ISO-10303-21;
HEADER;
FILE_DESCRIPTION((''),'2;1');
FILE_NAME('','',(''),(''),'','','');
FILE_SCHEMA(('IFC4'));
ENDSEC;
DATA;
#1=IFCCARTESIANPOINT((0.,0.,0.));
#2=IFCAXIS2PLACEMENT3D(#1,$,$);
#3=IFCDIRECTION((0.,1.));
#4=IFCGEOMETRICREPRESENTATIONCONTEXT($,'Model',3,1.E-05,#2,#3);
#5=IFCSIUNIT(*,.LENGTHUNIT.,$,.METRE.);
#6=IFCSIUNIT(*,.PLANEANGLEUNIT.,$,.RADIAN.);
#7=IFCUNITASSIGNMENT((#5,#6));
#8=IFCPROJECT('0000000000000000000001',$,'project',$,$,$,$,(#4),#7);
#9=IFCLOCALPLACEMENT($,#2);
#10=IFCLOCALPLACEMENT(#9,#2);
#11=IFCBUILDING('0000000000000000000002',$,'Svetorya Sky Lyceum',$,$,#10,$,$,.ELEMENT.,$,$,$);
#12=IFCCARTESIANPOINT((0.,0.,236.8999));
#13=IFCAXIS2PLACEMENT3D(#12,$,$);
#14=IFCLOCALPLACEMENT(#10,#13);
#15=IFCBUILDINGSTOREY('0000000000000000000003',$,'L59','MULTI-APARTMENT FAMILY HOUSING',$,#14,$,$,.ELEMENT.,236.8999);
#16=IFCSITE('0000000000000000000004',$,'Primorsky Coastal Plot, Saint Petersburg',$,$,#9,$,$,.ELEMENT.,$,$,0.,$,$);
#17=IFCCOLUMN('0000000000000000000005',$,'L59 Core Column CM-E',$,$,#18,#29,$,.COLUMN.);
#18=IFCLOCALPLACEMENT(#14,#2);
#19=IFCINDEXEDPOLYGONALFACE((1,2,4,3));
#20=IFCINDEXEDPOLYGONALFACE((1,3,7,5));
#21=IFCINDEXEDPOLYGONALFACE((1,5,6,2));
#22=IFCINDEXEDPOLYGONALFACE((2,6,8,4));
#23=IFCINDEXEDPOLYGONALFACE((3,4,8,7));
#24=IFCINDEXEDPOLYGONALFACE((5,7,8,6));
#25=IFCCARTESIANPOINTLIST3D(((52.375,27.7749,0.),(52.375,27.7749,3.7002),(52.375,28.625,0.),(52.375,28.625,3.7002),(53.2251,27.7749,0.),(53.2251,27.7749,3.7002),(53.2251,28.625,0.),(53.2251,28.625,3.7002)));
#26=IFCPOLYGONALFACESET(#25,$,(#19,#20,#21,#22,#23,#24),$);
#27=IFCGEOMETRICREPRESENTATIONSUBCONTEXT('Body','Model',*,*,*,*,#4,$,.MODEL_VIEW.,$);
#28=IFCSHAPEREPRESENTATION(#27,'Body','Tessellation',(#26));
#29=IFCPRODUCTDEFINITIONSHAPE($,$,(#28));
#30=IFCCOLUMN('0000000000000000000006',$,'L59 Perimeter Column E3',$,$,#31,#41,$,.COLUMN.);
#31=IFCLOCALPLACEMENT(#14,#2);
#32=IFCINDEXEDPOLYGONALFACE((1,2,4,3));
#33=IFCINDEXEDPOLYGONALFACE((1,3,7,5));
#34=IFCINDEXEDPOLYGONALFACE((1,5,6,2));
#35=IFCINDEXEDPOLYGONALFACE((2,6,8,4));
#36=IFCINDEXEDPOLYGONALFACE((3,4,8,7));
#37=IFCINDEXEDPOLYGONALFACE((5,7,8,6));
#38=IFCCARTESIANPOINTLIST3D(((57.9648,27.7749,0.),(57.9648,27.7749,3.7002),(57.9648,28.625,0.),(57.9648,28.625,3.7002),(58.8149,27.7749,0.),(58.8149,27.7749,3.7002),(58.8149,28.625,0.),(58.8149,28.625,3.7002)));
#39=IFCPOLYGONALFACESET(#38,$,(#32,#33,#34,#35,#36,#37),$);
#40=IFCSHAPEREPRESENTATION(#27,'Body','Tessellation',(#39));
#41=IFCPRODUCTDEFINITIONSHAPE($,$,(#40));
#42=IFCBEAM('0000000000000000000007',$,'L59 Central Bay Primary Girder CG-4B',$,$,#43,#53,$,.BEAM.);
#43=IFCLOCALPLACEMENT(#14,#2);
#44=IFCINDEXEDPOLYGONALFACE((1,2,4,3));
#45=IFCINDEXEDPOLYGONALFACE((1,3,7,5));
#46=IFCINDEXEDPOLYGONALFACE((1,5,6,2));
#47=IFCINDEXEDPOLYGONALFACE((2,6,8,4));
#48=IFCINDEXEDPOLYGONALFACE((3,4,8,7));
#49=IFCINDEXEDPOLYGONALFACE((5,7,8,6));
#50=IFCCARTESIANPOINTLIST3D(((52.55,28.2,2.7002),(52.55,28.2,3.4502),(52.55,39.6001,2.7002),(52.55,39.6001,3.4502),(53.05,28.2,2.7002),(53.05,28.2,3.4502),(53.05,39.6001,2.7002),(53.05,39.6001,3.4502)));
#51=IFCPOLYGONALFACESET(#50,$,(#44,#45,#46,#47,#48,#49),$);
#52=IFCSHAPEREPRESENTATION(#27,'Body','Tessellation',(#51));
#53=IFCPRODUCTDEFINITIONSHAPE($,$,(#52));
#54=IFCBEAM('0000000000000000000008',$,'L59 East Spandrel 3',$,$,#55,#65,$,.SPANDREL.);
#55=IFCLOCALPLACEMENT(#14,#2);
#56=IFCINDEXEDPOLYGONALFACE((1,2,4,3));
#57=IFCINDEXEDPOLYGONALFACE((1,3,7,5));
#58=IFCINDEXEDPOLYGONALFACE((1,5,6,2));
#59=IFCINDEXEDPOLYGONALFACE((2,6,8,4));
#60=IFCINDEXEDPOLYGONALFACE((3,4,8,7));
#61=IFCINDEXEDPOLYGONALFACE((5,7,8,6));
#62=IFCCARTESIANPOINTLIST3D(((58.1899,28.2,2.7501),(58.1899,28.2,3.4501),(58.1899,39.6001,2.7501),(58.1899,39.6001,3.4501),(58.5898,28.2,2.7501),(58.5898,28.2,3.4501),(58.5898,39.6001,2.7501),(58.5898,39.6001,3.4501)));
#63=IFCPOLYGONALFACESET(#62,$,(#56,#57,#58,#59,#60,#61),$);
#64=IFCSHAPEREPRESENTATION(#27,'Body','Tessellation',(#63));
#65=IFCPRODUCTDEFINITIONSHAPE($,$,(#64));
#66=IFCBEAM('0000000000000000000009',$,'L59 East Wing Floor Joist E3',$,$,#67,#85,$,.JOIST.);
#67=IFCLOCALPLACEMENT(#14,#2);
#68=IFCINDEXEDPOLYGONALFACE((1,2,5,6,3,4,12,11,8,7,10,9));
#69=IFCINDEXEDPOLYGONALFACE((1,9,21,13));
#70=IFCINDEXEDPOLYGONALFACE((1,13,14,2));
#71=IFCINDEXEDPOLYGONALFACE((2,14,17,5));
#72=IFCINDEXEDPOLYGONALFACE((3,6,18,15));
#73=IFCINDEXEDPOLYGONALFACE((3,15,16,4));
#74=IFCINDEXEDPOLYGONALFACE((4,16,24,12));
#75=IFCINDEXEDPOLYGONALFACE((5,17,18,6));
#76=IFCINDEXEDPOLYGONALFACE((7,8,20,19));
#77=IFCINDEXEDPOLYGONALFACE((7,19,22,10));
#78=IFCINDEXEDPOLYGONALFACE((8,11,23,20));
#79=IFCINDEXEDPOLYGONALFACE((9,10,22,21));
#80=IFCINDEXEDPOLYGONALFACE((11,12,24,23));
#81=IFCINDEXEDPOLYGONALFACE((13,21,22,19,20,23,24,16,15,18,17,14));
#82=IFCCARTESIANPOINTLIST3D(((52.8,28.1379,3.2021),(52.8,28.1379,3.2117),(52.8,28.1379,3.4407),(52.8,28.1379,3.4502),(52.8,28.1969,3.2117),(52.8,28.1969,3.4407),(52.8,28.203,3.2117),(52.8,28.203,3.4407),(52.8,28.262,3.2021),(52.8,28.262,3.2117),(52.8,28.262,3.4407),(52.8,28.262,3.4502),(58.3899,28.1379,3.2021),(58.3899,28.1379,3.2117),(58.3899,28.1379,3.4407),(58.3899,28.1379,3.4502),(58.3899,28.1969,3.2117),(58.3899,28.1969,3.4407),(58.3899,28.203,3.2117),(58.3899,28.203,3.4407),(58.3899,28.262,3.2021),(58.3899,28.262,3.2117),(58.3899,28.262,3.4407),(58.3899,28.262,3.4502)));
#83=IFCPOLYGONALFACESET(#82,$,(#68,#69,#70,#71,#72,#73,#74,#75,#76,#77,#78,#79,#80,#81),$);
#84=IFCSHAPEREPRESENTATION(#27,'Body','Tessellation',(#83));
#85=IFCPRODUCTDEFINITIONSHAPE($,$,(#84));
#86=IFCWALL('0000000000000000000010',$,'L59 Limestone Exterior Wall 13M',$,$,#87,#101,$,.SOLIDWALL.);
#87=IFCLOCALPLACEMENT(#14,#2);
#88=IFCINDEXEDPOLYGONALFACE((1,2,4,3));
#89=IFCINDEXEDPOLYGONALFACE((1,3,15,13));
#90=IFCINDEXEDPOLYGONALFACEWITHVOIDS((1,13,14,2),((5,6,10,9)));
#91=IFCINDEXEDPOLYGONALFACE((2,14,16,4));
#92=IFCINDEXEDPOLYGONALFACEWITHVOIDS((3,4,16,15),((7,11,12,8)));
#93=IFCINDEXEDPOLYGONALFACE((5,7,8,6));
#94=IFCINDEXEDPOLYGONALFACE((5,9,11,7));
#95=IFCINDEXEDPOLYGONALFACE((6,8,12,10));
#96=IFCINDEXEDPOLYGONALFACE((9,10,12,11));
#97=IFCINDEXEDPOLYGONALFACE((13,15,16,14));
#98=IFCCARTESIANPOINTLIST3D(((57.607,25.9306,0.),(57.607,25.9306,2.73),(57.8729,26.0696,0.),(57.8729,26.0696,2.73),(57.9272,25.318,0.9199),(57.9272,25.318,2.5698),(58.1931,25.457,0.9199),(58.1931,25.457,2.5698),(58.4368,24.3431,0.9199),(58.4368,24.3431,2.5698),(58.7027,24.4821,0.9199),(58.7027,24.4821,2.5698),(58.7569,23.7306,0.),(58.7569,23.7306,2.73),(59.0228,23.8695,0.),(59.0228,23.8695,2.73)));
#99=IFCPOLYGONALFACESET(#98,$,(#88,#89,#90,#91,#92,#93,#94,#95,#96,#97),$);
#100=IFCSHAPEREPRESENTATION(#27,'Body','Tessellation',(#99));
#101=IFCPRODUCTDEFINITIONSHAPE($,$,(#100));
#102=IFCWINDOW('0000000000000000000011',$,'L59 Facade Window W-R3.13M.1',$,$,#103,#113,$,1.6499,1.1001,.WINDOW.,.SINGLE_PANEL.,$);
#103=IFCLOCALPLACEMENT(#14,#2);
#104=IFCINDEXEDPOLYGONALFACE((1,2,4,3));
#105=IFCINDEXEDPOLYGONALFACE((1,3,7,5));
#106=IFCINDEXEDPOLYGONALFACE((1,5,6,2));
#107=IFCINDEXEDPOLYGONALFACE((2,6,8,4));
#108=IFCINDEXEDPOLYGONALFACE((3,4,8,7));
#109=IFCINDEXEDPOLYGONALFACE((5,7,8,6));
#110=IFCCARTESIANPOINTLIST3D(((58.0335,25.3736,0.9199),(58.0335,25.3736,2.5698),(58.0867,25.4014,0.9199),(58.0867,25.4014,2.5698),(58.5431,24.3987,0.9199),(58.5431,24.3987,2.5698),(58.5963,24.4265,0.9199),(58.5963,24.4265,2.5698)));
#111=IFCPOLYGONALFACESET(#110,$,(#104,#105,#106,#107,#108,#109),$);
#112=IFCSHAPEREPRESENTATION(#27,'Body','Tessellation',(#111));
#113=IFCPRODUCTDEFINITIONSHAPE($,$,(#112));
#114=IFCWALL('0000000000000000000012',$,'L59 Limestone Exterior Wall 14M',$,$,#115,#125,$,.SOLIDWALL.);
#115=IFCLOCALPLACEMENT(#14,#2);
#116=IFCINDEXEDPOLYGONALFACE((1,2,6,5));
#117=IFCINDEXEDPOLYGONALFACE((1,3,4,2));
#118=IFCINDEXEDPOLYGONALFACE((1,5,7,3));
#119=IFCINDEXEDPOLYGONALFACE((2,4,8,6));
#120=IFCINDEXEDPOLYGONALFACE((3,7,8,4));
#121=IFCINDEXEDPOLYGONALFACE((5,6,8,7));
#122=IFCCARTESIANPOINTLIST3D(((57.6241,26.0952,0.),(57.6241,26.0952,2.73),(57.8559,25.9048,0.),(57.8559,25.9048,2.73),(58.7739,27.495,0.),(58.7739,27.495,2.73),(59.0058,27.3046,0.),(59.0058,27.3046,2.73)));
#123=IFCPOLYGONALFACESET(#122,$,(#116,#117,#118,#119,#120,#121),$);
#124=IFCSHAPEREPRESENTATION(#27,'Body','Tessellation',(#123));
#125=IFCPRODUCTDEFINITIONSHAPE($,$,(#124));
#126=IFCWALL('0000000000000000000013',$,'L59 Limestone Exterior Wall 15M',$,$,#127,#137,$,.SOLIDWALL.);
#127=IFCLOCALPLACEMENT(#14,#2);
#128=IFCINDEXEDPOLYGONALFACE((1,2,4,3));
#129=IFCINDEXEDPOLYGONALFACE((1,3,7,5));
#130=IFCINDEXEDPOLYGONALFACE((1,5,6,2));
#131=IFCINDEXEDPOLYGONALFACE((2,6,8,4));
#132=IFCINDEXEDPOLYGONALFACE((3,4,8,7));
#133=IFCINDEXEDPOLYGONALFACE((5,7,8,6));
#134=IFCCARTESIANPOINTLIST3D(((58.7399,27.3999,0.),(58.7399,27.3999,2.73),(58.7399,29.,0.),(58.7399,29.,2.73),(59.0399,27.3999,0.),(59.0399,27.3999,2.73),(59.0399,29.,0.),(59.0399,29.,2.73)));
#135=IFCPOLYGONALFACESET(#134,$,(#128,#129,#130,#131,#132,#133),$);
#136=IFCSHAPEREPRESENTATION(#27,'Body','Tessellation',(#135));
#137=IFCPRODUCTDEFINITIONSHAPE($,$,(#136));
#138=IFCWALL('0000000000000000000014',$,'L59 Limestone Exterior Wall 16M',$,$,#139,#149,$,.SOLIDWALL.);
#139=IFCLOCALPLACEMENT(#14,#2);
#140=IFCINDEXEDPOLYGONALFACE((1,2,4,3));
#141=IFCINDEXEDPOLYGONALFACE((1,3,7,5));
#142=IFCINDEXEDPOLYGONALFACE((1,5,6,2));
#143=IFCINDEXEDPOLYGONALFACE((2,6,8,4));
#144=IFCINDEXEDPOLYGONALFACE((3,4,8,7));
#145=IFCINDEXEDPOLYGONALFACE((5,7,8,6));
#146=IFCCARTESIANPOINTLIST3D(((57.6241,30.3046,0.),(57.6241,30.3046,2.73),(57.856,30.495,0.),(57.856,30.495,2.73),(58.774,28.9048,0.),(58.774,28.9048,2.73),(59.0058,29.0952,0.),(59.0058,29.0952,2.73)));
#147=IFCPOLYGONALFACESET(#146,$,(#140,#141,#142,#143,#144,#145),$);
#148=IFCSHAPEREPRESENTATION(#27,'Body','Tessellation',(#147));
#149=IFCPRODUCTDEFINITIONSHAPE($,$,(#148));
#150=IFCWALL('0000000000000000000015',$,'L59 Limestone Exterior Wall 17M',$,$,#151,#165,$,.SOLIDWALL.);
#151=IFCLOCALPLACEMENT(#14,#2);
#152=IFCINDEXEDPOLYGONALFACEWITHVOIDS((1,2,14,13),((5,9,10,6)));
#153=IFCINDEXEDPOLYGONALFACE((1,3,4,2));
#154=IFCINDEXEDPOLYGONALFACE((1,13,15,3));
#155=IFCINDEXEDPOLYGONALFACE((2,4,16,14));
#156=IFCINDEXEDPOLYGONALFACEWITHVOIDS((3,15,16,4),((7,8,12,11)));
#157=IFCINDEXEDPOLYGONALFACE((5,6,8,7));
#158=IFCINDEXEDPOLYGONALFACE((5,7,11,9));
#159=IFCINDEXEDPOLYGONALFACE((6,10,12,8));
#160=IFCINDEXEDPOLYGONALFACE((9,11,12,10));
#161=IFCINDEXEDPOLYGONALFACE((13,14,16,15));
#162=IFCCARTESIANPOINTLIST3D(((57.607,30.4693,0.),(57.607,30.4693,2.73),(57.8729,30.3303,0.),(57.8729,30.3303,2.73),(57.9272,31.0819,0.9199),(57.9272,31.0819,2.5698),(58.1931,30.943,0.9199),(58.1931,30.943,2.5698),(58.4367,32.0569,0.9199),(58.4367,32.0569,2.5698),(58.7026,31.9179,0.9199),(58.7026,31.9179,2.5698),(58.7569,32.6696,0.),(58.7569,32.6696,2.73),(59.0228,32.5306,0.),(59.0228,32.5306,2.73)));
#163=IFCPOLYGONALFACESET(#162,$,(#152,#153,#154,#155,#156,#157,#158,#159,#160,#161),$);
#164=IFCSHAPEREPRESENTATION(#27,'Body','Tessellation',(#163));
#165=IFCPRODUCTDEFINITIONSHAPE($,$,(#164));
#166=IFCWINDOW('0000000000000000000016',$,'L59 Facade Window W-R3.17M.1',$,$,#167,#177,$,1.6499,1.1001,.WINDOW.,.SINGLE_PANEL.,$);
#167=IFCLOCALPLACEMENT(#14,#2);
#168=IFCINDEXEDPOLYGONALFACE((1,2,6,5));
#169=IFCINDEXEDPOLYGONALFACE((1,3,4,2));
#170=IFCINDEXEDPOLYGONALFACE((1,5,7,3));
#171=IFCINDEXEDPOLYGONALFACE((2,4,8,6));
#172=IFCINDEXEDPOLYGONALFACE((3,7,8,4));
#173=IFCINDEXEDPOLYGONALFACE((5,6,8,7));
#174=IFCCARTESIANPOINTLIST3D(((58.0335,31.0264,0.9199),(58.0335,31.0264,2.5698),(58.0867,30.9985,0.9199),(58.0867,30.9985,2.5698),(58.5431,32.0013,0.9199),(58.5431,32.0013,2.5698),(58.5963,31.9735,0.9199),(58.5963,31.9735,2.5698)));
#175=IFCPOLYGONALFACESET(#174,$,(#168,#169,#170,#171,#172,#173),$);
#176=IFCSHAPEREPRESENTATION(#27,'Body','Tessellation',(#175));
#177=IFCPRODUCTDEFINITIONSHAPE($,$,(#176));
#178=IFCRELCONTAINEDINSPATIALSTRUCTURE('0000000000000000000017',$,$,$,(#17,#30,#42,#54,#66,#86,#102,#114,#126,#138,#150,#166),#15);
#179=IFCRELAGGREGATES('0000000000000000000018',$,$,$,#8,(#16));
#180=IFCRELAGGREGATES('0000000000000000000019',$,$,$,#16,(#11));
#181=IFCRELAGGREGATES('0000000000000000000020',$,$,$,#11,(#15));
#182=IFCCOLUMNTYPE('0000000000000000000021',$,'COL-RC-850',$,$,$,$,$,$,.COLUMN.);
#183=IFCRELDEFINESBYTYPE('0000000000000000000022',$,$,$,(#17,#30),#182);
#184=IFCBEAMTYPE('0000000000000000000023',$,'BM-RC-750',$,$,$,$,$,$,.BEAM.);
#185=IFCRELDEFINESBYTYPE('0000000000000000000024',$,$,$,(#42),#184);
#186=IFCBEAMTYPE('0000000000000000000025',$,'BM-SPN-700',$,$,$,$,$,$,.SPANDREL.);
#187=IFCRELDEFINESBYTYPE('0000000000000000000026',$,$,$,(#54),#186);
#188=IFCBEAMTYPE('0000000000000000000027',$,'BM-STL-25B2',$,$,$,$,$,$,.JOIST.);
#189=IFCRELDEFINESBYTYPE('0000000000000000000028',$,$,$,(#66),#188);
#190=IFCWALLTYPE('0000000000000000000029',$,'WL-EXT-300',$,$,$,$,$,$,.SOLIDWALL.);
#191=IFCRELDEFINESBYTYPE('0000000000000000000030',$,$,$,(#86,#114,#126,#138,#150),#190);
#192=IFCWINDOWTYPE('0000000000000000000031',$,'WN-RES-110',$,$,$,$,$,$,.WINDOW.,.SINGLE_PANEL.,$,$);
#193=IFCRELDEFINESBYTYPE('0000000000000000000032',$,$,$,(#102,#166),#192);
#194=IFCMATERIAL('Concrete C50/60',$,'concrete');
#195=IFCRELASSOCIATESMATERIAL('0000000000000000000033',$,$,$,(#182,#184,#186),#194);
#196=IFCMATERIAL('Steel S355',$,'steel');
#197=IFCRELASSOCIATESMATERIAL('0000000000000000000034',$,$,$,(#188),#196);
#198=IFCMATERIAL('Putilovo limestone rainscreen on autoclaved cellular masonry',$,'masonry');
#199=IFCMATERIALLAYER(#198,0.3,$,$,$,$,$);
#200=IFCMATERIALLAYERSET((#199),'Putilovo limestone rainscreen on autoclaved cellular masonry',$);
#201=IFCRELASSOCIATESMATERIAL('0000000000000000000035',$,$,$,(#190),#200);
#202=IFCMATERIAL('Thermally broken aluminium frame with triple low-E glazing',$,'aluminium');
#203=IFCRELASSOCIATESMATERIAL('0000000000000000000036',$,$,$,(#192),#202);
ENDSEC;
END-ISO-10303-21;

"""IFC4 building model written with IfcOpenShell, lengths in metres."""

from ifc_helpers import new_model, si_unit, direction, frame, frame_2d, origin, origin_2d, place, context, subcontext, project, spatial, rectangle, i_section, extrude, material, layer, layer_set, material_profile, profile_set, type_object, element, fill, save


model = new_model("IFC4")

# Units and contexts
model_context = context("Model", 3, precision=1e-05, world=origin(), true_north=direction((0.0, 1.0)))
body_context = subcontext(model_context, "Body", "Model", "MODEL_VIEW")
ifc_project = project(units=[si_unit("LENGTHUNIT", "METRE"), si_unit("PLANEANGLEUNIT", "RADIAN")], contexts=[model_context])

# Site, building, storey
site_placement = place(None, origin())
site = spatial("IfcSite", under=ifc_project, at=site_placement, Name="Primorsky Coastal Plot, Saint Petersburg", CompositionType="ELEMENT", RefElevation=0.0)
building_placement = place(site_placement, origin())
building = spatial("IfcBuilding", under=site, at=building_placement, Name="Svetorya Sky Lyceum", CompositionType="ELEMENT")
storey_placement = place(building_placement, frame((0.0, 0.0, 236.8999)))
storey = spatial("IfcBuildingStorey", under=building, at=storey_placement, Name="L59", Description="MULTI-APARTMENT FAMILY HOUSING", CompositionType="ELEMENT", Elevation=236.8999)

# Columns
ifc_material_1 = material(Name="Concrete C50/60", Category="concrete")
ifc_material_profile_1 = material_profile(ifc_material_1, rectangle(XDim=0.8501, YDim=0.8501, at=origin_2d()), Name="RC COL 850x850")
ifc_profile_set_1 = profile_set([ifc_material_profile_1], Name="Concrete C50/60")
column_type = type_object("IfcColumnType", Name="COL-RC-850", PredefinedType="COLUMN", material=ifc_profile_set_1)
for number, where, z_axis, x_axis, name in (
    (1, (52.8, 28.2, 0.0), (0.0, 0.0, 1.0), (1.0, 0.0, 0.0), "L59 Core Column CM-E"),
    (2, (58.3899, 28.2, 0.0), (0.0, 0.0, 1.0), (1.0, 0.0, 0.0), "L59 Perimeter Column E3"),
):
    element("IfcColumn", number, at=place(storey_placement, frame(where, z_axis=z_axis, x_axis=x_axis)), inside=storey, type_object=column_type, Name=name, PredefinedType="COLUMN", context=body_context, shape_type="SweptSolid", body=[
        extrude(rectangle(XDim=0.8501, YDim=0.8501, at=origin_2d()), origin(), (0.0, 0.0, 1.0), 3.7002),
    ])

# Beams
ifc_material_profile_2 = material_profile(ifc_material_1, rectangle(XDim=0.5, YDim=0.75, at=origin_2d()), Name="RC BEAM 500x750")
ifc_profile_set_2 = profile_set([ifc_material_profile_2], Name="Concrete C50/60")
beam_type_1 = type_object("IfcBeamType", Name="BM-RC-750", PredefinedType="BEAM", material=ifc_profile_set_2)
beam_1_placement = place(storey_placement, frame((52.8, 28.2, 3.0752), z_axis=(0.0, 1.0, 0.0), x_axis=(-1.0, 0.0, 0.0)))
element("IfcBeam", 3, at=beam_1_placement, inside=storey, type_object=beam_type_1, Name="L59 Central Bay Primary Girder CG-4B", PredefinedType="BEAM", context=body_context, shape_type="SweptSolid", body=[
    extrude(rectangle(XDim=0.5, YDim=0.75, at=origin_2d()), origin(), (0.0, 0.0, 1.0), 11.4001),
])
ifc_material_profile_3 = material_profile(ifc_material_1, rectangle(XDim=0.3999, YDim=0.7, at=origin_2d()), Name="RC SPANDREL 400x700")
ifc_profile_set_3 = profile_set([ifc_material_profile_3], Name="Concrete C50/60")
beam_type_2 = type_object("IfcBeamType", Name="BM-SPN-700", PredefinedType="SPANDREL", material=ifc_profile_set_3)
beam_2_placement = place(storey_placement, frame((58.3899, 28.2, 3.1001), z_axis=(0.0, 1.0, 0.0), x_axis=(-1.0, 0.0, 0.0)))
element("IfcBeam", 4, at=beam_2_placement, inside=storey, type_object=beam_type_2, Name="L59 East Spandrel 3", PredefinedType="SPANDREL", context=body_context, shape_type="SweptSolid", body=[
    extrude(rectangle(XDim=0.3999, YDim=0.7, at=origin_2d()), origin(), (0.0, 0.0, 1.0), 11.4001),
])
ifc_material_2 = material(Name="Steel S355", Category="steel")
ifc_material_profile_4 = material_profile(ifc_material_2, i_section(OverallWidth=0.124, OverallDepth=0.248, WebThickness=0.0061, FlangeThickness=0.0095, at=origin_2d()), Name="GOST 25B2")
ifc_profile_set_4 = profile_set([ifc_material_profile_4], Name="Steel S355")
beam_type_3 = type_object("IfcBeamType", Name="BM-STL-25B2", PredefinedType="JOIST", material=ifc_profile_set_4)
beam_3_placement = place(storey_placement, frame((52.8, 28.2, 3.3262), z_axis=(1.0, 0.0, 0.0), x_axis=(0.0, 1.0, 0.0)))
element("IfcBeam", 5, at=beam_3_placement, inside=storey, type_object=beam_type_3, Name="L59 East Wing Floor Joist E3", PredefinedType="JOIST", context=body_context, shape_type="SweptSolid", body=[
    extrude(i_section(OverallWidth=0.124, OverallDepth=0.248, WebThickness=0.0061, FlangeThickness=0.0095, at=origin_2d()), origin(), (0.0, 0.0, 1.0), 5.5898),
])

# Wall, opening, window
ifc_material_3 = material(Name="Putilovo limestone rainscreen on autoclaved cellular masonry", Category="masonry")
ifc_layer_1 = layer(ifc_material_3, 0.3)
ifc_layer_set_1 = layer_set([ifc_layer_1], Name="Putilovo limestone rainscreen on autoclaved cellular masonry")
wall_type_1 = type_object("IfcWallType", Name="WL-EXT-300", PredefinedType="SOLIDWALL", material=ifc_layer_set_1)
wall_1_placement = place(storey_placement, frame((58.8899, 23.8, 0.0), z_axis=(0.0, 0.0, 1.0), x_axis=(-0.463231, 0.886237, 0.0)))
wall_1 = element("IfcWall", 6, at=wall_1_placement, inside=storey, type_object=wall_type_1, Name="L59 Limestone Exterior Wall 13M", PredefinedType="SOLIDWALL", context=body_context, shape_type="SweptSolid", body=[
    extrude(rectangle(XDim=2.4824, YDim=0.3, at=frame_2d((1.2412, 0.0))), origin(), (0.0, 0.0, 1.0), 2.73),
])
opening_1_placement = place(wall_1_placement, frame((0.6912, 0.0, 0.9199)))
opening_1 = element("IfcOpeningElement", 7, at=opening_1_placement, cuts=wall_1, PredefinedType="OPENING", context=body_context, shape_type="SweptSolid", body=[
    extrude(rectangle(XDim=1.1001, YDim=1.6499, at=frame_2d((0.55, 0.825))), frame((0.0, 0.1599, 0.0), z_axis=(0.0, -1.0, 0.0), x_axis=(1.0, 0.0, 0.0)), (0.0, 0.0, 1.0), 0.3201),
])
ifc_material_4 = material(Name="Thermally broken aluminium frame with triple low-E glazing", Category="aluminium")
window_type = type_object("IfcWindowType", Name="WN-RES-110", PartitioningType="SINGLE_PANEL", PredefinedType="WINDOW", material=ifc_material_4)
window_1_placement = place(opening_1_placement, origin())
window_1 = element("IfcWindow", 8, at=window_1_placement, inside=storey, type_object=window_type, Name="L59 Facade Window W-R3.13M.1", OverallHeight=1.6499, OverallWidth=1.1001, PartitioningType="SINGLE_PANEL", PredefinedType="WINDOW", context=body_context, shape_type="SweptSolid", body=[
    extrude(rectangle(XDim=1.1001, YDim=1.6499, at=frame_2d((0.55, 0.825))), frame((0.0, 0.03, 0.0), z_axis=(0.0, -1.0, 0.0), x_axis=(1.0, 0.0, 0.0)), (0.0, 0.0, 1.0), 0.0601),
])
fill(opening_1, window_1)

# Walls
wall_2_placement = place(storey_placement, frame((57.74, 26.0, 0.0), z_axis=(0.0, 0.0, 1.0), x_axis=(0.634734, 0.772731, 0.0)))
element("IfcWall", 9, at=wall_2_placement, inside=storey, type_object=wall_type_1, Name="L59 Limestone Exterior Wall 14M", PredefinedType="SOLIDWALL", context=body_context, shape_type="SweptSolid", body=[
    extrude(rectangle(XDim=1.8115, YDim=0.3, at=frame_2d((0.9058, 0.0))), origin(), (0.0, 0.0, 1.0), 2.73),
])
wall_3_placement = place(storey_placement, frame((58.8899, 27.3999, 0.0), z_axis=(0.0, 0.0, 1.0), x_axis=(0.0, 1.0, 0.0)))
element("IfcWall", 10, at=wall_3_placement, inside=storey, type_object=wall_type_1, Name="L59 Limestone Exterior Wall 15M", PredefinedType="SOLIDWALL", context=body_context, shape_type="SweptSolid", body=[
    extrude(rectangle(XDim=1.6001, YDim=0.3, at=frame_2d((0.8, 0.0))), origin(), (0.0, 0.0, 1.0), 2.73),
])
wall_4_placement = place(storey_placement, frame((58.8899, 29.0, 0.0), z_axis=(0.0, 0.0, 1.0), x_axis=(-0.634734, 0.772731, 0.0)))
element("IfcWall", 11, at=wall_4_placement, inside=storey, type_object=wall_type_1, Name="L59 Limestone Exterior Wall 16M", PredefinedType="SOLIDWALL", context=body_context, shape_type="SweptSolid", body=[
    extrude(rectangle(XDim=1.8115, YDim=0.3, at=frame_2d((0.9058, 0.0))), origin(), (0.0, 0.0, 1.0), 2.73),
])

# Wall, opening, window
wall_5_placement = place(storey_placement, frame((57.74, 30.3999, 0.0), z_axis=(0.0, 0.0, 1.0), x_axis=(0.463191, 0.886258, 0.0)))
wall_5 = element("IfcWall", 12, at=wall_5_placement, inside=storey, type_object=wall_type_1, Name="L59 Limestone Exterior Wall 17M", PredefinedType="SOLIDWALL", context=body_context, shape_type="SweptSolid", body=[
    extrude(rectangle(XDim=2.4827, YDim=0.3, at=frame_2d((1.2412, 0.0))), origin(), (0.0, 0.0, 1.0), 2.73),
])
opening_2_placement = place(wall_5_placement, frame((0.6912, 0.0, 0.9199)))
opening_2 = element("IfcOpeningElement", 13, at=opening_2_placement, cuts=wall_5, PredefinedType="OPENING", context=body_context, shape_type="SweptSolid", body=[
    extrude(rectangle(XDim=1.1001, YDim=1.6499, at=frame_2d((0.55, 0.825))), frame((0.0, 0.1599, 0.0), z_axis=(0.0, -1.0, 0.0), x_axis=(1.0, 0.0, 0.0)), (0.0, 0.0, 1.0), 0.3201),
])
window_2_placement = place(opening_2_placement, origin())
window_2 = element("IfcWindow", 14, at=window_2_placement, inside=storey, type_object=window_type, Name="L59 Facade Window W-R3.17M.1", OverallHeight=1.6499, OverallWidth=1.1001, PartitioningType="SINGLE_PANEL", PredefinedType="WINDOW", context=body_context, shape_type="SweptSolid", body=[
    extrude(rectangle(XDim=1.1001, YDim=1.6499, at=frame_2d((0.55, 0.825))), frame((0.0, 0.03, 0.0), z_axis=(0.0, -1.0, 0.0), x_axis=(1.0, 0.0, 0.0)), (0.0, 0.0, 1.0), 0.0601),
])
fill(opening_2, window_2)

save(model, "model.ifc")
